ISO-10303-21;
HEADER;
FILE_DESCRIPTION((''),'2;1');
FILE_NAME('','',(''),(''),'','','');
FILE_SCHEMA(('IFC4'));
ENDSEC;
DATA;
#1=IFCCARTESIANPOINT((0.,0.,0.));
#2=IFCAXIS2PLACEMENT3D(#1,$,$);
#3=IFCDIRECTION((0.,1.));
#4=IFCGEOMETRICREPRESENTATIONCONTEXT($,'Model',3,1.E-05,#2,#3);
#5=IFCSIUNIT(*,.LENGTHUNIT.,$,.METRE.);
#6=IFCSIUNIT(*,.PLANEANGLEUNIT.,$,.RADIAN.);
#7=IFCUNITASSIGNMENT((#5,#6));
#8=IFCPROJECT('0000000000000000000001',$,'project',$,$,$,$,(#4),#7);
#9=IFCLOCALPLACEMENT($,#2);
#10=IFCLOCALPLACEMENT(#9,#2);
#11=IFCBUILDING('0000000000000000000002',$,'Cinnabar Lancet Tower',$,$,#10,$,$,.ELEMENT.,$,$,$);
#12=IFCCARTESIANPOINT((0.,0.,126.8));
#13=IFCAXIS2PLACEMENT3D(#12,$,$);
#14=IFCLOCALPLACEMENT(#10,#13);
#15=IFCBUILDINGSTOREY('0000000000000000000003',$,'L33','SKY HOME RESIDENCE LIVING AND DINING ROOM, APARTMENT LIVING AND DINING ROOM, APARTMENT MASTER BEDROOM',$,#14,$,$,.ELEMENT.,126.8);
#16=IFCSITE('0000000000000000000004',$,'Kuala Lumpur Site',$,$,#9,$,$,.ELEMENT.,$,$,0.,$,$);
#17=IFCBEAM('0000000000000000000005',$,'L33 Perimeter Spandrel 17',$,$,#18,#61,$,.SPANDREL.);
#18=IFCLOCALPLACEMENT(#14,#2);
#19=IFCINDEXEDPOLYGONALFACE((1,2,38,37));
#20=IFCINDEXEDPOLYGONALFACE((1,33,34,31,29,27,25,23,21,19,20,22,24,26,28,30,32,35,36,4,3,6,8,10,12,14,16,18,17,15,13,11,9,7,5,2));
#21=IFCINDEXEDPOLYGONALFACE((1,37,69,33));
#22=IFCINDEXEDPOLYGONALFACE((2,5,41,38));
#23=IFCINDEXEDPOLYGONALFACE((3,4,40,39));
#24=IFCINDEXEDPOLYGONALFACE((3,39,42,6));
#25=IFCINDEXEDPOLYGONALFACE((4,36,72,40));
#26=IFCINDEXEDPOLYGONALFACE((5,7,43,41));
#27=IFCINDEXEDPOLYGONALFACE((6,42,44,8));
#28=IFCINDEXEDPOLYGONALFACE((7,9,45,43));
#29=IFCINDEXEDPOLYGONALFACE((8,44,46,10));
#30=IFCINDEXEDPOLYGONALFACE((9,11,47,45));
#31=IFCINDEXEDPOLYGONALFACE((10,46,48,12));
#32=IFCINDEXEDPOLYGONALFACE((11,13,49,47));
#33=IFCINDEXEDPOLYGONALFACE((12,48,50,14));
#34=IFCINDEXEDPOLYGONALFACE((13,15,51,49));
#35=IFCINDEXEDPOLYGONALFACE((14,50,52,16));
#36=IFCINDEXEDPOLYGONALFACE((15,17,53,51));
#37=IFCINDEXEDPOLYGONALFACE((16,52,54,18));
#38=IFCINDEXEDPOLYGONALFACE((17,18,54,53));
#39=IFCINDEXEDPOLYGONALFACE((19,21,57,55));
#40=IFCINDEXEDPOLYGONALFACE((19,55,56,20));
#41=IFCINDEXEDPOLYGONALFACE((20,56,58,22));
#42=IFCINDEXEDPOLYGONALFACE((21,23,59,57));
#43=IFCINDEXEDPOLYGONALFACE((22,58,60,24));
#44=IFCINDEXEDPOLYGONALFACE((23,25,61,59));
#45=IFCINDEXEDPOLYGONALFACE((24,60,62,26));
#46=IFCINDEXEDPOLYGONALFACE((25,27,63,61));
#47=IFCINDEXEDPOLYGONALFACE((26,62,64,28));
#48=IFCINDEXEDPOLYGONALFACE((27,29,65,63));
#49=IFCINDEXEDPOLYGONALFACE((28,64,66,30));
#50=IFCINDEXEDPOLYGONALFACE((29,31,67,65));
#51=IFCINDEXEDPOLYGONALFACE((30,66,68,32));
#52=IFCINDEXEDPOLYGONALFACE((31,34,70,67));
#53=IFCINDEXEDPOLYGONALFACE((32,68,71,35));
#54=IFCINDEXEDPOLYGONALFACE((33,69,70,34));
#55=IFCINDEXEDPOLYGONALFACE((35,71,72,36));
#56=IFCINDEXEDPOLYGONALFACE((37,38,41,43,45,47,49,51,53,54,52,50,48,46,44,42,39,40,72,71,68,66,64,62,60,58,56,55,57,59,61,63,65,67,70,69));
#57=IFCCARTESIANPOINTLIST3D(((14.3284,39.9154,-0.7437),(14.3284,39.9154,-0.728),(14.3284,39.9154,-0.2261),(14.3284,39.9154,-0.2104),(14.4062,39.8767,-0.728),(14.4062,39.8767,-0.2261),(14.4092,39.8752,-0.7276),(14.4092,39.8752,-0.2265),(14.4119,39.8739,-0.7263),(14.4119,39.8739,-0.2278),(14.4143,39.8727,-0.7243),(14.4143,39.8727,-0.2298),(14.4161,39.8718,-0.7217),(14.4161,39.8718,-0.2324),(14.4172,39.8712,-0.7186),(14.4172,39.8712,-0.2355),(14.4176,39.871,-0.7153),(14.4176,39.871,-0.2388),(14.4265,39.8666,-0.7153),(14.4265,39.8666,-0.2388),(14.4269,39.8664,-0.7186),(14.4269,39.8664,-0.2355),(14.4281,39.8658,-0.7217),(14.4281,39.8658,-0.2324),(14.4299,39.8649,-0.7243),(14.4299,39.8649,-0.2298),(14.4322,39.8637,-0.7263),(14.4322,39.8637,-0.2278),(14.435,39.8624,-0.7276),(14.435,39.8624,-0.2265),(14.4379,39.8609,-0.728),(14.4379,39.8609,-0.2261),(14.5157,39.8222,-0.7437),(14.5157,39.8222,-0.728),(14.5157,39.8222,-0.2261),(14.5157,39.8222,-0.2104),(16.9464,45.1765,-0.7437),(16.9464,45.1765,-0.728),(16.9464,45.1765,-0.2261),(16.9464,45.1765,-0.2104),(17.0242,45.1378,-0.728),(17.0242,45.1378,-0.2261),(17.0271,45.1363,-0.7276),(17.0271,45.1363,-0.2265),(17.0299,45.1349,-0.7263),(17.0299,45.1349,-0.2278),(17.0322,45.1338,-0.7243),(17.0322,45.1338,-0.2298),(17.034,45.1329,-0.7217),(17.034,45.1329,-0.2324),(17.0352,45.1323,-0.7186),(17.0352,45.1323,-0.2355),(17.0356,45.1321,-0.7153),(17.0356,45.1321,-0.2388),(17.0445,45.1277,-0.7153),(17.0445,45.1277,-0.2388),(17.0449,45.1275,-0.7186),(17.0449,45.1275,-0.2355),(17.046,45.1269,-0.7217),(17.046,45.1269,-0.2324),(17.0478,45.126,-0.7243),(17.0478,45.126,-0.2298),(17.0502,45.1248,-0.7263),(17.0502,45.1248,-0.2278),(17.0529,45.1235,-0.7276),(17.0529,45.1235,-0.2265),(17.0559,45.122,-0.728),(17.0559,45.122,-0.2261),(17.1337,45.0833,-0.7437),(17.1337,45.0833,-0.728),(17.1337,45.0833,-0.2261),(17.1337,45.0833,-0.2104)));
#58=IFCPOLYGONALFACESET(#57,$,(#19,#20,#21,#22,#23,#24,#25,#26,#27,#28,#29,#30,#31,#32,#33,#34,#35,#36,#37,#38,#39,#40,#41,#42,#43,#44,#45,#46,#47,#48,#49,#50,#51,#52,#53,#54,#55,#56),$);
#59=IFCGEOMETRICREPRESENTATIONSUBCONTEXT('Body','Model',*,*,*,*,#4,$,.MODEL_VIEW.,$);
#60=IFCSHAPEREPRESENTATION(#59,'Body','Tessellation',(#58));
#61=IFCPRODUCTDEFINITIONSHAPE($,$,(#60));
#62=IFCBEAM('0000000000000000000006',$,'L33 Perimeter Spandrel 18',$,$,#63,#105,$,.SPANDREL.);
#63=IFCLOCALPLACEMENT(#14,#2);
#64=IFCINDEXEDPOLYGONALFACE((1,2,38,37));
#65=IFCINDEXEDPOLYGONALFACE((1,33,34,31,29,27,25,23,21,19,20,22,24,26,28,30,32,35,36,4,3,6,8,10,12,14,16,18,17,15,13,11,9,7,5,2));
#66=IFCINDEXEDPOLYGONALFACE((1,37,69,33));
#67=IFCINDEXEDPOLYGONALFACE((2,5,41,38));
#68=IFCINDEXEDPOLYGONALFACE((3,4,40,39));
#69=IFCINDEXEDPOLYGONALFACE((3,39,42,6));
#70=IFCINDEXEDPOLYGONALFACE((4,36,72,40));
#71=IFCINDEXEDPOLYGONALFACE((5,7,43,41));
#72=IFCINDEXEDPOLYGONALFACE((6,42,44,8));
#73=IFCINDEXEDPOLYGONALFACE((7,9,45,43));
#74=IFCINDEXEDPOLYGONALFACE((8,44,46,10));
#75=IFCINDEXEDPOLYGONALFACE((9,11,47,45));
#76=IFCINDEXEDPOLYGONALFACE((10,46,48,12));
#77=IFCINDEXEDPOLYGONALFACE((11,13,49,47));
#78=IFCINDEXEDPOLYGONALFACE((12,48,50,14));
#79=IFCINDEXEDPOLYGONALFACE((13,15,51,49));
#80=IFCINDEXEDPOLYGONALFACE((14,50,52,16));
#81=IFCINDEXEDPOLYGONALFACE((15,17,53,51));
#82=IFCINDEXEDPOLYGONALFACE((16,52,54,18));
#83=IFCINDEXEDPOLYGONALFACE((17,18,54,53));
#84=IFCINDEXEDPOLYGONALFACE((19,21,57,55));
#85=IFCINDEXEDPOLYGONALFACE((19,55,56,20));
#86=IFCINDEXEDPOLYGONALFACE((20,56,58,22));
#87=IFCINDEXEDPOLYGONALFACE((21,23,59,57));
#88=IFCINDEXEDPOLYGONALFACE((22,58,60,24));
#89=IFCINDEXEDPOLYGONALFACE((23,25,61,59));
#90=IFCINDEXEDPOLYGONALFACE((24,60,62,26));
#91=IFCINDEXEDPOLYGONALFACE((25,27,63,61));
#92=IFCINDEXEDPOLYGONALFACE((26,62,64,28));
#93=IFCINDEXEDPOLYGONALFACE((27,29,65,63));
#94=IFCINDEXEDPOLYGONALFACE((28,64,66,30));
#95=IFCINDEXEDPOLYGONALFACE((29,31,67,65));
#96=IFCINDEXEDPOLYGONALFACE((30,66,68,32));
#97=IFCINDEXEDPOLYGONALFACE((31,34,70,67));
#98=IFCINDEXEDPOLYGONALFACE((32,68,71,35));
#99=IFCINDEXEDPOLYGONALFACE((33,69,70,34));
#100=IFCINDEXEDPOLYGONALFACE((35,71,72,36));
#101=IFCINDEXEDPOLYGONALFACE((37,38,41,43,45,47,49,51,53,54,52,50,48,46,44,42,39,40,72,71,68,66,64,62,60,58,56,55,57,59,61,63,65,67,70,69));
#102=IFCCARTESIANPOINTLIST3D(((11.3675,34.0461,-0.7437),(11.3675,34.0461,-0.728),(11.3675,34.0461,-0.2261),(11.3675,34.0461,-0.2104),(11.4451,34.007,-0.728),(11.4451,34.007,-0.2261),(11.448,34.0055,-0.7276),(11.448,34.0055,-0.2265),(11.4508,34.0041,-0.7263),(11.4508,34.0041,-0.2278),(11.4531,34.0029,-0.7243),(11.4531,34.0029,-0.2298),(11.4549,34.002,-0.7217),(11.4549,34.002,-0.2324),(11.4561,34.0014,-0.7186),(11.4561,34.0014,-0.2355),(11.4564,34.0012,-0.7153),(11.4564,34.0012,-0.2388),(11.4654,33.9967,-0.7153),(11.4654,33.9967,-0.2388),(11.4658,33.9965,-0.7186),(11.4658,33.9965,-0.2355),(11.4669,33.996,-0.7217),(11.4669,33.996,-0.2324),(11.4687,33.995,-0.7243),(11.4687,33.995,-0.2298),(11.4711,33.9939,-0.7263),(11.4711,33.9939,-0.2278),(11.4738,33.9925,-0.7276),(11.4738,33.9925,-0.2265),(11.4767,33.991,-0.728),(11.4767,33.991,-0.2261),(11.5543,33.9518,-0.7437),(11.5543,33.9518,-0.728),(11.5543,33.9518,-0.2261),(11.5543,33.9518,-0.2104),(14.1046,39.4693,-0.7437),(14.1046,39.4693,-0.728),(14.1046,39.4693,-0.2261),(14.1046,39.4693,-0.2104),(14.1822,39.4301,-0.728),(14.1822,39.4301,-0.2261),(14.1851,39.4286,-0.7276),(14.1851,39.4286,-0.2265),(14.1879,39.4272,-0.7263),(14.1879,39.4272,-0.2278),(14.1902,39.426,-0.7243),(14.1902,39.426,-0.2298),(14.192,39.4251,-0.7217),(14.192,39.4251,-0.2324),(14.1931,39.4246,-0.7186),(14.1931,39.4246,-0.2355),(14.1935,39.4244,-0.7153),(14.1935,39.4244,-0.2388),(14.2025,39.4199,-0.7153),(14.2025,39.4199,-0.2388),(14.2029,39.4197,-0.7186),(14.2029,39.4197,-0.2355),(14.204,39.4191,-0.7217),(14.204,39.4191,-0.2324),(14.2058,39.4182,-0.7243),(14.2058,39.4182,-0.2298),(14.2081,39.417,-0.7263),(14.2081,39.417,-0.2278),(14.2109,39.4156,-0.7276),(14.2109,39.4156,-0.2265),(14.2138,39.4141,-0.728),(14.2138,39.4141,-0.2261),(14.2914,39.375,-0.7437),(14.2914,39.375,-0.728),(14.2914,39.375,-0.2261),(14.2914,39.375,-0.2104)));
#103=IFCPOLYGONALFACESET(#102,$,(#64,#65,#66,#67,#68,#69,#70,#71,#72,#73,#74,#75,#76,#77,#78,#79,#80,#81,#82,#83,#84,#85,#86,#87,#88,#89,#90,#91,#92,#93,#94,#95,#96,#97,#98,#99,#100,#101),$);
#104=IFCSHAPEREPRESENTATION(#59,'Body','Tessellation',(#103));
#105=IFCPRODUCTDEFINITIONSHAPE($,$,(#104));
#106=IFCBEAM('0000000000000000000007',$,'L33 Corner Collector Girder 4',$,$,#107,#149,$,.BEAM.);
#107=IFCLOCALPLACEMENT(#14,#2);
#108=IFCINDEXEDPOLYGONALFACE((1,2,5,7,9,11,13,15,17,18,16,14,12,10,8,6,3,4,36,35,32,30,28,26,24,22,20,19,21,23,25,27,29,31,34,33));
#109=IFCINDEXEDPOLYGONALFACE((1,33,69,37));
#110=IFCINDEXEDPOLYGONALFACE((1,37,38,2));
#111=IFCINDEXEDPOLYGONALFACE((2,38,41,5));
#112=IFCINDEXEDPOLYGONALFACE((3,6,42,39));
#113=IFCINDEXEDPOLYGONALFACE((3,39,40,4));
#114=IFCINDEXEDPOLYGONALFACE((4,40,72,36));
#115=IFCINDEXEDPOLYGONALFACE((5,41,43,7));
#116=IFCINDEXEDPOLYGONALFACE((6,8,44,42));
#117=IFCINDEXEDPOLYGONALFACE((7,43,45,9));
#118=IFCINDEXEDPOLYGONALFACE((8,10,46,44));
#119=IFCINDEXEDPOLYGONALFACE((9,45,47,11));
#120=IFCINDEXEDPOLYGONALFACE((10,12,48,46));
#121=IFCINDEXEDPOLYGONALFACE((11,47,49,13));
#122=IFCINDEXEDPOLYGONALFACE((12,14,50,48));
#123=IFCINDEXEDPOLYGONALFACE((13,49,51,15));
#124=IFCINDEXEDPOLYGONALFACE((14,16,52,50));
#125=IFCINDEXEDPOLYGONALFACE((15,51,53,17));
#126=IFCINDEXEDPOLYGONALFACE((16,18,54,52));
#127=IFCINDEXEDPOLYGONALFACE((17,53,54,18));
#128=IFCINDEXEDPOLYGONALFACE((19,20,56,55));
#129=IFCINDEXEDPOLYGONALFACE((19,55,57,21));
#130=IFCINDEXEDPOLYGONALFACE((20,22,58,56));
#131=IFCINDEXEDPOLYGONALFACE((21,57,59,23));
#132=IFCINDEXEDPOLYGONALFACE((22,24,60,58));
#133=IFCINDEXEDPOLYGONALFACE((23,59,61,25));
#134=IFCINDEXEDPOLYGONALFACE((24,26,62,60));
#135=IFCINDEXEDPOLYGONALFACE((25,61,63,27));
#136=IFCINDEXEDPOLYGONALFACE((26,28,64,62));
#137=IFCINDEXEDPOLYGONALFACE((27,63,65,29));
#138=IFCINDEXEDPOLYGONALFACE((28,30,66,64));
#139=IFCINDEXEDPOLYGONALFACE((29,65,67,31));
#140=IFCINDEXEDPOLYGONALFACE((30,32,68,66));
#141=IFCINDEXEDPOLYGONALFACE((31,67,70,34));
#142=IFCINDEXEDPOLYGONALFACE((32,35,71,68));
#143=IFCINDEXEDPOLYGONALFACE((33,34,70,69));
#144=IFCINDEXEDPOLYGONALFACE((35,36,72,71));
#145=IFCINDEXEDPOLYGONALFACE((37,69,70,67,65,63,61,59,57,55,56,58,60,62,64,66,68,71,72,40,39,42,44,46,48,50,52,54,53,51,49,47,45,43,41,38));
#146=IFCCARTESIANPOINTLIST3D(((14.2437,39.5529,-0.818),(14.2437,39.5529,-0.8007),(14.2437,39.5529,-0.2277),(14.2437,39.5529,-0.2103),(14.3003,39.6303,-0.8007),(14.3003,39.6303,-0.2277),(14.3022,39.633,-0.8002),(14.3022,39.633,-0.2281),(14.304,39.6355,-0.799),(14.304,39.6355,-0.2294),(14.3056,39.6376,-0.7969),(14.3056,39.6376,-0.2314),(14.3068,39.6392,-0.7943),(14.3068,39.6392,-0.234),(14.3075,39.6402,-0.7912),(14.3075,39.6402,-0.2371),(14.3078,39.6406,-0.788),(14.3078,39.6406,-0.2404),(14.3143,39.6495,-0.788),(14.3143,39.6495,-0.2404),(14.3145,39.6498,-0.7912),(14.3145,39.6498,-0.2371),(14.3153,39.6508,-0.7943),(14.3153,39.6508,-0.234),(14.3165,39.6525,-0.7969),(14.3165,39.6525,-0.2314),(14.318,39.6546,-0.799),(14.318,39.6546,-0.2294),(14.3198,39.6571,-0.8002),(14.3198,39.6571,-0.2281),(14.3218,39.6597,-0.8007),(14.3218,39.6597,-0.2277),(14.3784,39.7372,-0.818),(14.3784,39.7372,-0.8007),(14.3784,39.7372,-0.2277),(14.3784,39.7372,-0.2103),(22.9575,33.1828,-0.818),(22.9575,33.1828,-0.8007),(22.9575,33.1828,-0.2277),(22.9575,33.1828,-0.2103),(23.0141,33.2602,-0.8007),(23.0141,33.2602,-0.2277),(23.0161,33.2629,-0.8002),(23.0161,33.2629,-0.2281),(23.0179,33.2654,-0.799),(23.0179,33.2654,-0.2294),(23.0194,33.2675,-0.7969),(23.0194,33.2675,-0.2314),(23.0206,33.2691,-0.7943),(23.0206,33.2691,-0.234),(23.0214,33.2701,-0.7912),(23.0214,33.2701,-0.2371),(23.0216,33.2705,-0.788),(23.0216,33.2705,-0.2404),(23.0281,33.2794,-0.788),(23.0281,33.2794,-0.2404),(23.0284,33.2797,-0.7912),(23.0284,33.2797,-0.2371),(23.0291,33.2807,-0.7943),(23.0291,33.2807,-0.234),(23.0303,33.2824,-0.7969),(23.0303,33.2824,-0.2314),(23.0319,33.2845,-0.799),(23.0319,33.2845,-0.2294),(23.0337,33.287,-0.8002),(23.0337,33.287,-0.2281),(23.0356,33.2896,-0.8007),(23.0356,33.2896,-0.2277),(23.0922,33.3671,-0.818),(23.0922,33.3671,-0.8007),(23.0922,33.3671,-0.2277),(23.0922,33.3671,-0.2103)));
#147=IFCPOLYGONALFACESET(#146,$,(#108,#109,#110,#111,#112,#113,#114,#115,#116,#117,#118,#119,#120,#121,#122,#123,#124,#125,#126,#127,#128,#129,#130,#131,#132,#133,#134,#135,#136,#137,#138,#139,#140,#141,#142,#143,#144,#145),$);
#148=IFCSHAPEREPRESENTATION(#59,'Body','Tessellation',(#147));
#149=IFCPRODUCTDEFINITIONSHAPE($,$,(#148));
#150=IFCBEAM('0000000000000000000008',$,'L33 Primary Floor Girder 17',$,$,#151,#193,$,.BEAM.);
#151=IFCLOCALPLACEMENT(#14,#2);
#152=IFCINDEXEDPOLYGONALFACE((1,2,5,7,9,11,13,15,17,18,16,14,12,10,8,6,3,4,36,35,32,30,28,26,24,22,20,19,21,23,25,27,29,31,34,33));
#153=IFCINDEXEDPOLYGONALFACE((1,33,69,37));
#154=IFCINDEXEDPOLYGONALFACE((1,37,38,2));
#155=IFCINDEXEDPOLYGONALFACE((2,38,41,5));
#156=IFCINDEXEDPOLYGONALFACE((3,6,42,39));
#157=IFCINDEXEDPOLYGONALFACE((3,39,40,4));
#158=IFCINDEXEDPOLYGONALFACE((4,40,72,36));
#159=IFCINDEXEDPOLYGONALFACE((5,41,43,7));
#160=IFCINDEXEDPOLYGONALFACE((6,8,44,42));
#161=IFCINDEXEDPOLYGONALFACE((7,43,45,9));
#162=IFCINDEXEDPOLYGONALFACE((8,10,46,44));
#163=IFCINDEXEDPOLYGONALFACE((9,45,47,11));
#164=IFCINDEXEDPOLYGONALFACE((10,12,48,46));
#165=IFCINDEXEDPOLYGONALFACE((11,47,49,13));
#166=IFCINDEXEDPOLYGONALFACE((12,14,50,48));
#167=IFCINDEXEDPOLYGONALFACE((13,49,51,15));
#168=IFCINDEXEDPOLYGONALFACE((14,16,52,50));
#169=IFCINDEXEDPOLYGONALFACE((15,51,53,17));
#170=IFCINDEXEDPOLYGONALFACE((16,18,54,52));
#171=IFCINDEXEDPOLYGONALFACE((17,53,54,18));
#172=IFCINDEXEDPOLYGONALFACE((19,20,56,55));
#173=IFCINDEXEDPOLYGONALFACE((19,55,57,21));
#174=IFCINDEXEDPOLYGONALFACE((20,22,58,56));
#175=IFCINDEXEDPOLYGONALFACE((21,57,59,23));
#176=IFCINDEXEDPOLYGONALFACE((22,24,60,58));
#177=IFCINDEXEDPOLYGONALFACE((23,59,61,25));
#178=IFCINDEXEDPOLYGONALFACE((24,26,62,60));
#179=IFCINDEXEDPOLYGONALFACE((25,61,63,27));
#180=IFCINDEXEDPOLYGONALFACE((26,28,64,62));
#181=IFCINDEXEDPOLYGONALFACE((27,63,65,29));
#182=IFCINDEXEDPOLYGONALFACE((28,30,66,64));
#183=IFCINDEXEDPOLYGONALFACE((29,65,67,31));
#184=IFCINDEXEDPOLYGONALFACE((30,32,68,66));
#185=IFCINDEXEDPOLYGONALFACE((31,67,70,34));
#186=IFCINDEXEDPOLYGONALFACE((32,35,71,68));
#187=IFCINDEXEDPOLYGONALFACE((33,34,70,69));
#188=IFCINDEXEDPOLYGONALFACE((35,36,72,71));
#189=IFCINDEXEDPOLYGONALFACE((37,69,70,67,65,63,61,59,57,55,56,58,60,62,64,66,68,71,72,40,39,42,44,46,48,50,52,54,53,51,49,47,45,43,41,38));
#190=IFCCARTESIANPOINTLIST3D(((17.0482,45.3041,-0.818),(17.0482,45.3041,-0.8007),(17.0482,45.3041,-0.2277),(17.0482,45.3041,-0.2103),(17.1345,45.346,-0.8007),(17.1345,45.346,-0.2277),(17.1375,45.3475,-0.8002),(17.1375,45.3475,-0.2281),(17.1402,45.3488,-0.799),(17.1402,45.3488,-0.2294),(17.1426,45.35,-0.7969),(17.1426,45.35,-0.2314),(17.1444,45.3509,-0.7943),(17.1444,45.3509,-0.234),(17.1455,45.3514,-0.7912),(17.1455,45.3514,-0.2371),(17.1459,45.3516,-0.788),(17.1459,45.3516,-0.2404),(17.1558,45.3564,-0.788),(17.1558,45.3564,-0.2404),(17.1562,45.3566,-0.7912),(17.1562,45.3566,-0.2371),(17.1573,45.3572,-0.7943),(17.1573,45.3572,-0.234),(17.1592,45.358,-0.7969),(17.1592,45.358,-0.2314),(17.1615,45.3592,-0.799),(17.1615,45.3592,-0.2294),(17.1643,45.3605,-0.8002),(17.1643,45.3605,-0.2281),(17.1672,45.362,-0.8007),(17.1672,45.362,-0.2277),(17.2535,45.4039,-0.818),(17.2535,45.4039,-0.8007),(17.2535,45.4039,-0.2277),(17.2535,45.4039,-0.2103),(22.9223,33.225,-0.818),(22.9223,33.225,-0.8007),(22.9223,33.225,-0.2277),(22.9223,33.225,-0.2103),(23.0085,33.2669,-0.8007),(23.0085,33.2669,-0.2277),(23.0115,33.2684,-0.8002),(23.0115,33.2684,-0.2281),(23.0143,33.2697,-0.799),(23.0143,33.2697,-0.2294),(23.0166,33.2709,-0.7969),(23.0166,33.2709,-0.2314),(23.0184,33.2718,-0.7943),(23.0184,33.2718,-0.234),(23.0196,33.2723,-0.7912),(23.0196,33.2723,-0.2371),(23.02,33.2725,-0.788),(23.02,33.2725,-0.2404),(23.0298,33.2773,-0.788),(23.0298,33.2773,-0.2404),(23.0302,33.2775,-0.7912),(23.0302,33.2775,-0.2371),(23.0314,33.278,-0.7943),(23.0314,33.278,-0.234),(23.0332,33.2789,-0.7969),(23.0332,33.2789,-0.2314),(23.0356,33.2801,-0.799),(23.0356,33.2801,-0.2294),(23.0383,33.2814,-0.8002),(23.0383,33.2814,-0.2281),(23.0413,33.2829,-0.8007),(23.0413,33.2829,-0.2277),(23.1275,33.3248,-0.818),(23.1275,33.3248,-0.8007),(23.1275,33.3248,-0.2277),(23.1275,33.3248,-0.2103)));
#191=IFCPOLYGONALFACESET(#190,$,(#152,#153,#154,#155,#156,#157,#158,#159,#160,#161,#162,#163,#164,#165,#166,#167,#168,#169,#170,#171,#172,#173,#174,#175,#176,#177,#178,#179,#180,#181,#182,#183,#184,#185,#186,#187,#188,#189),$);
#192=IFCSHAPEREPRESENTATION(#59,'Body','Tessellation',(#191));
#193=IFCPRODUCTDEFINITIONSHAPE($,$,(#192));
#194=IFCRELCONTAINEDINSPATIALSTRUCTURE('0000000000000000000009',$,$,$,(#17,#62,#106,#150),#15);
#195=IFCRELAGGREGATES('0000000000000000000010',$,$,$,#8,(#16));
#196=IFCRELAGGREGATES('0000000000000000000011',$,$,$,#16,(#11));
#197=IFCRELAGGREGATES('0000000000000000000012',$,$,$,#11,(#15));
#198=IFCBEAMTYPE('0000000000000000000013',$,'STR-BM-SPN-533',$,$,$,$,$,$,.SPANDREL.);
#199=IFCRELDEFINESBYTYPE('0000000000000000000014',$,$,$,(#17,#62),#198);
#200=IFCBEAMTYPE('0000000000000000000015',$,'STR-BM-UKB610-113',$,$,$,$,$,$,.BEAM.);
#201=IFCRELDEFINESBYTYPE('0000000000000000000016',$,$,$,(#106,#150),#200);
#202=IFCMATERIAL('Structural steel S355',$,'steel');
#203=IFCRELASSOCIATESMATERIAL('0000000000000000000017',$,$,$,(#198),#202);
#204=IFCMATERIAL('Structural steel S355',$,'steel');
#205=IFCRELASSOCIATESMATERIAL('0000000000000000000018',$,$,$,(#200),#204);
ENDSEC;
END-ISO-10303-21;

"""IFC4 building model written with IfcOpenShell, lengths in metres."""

from ifc_helpers import new_model, si_unit, direction, frame, origin, origin_2d, place, context, subcontext, project, spatial, i_section, extrude, material, material_profile, profile_set, type_object, element, save


model = new_model("IFC4")

# Units and contexts
model_context = context("Model", 3, precision=1e-05, world=origin(), true_north=direction((0.0, 1.0)))
body_context = subcontext(model_context, "Body", "Model", "MODEL_VIEW")
ifc_project = project(units=[si_unit("LENGTHUNIT", "METRE"), si_unit("PLANEANGLEUNIT", "RADIAN")], contexts=[model_context])

# Site, building, storey
site_placement = place(None, origin())
site = spatial("IfcSite", under=ifc_project, at=site_placement, Name="Kuala Lumpur Site", CompositionType="ELEMENT", RefElevation=0.0)
building_placement = place(site_placement, origin())
building = spatial("IfcBuilding", under=site, at=building_placement, Name="Cinnabar Lancet Tower", CompositionType="ELEMENT")
storey_placement = place(building_placement, frame((0.0, 0.0, 126.8)))
storey = spatial("IfcBuildingStorey", under=building, at=storey_placement, Name="L33", Description="SKY HOME RESIDENCE LIVING AND DINING ROOM, APARTMENT LIVING AND DINING ROOM, APARTMENT MASTER BEDROOM", CompositionType="ELEMENT", Elevation=126.8)

# Beams
ifc_material_1 = material(Name="Structural steel S355", Category="steel")
ifc_material_profile_1 = material_profile(ifc_material_1, i_section(OverallWidth=0.2092, OverallDepth=0.5332, WebThickness=0.01, FlangeThickness=0.0156, FilletRadius=0.0127, at=origin_2d()), Name="UKB 533x210x92")
ifc_profile_set_1 = profile_set([ifc_material_profile_1], Name="Structural steel S355")
beam_type_1 = type_object("IfcBeamType", Name="STR-BM-SPN-533", PredefinedType="SPANDREL", material=ifc_profile_set_1)
beam_1_placement = place(storey_placement, frame((17.04, 45.1299, -0.4771), z_axis=(-0.445501, -0.895281, 0.0), x_axis=(0.895281, -0.445501, 0.0)))
element("IfcBeam", 1, at=beam_1_placement, inside=storey, type_object=beam_type_1, Name="L33 Perimeter Spandrel 17", PredefinedType="SPANDREL", context=body_context, shape_type="SweptSolid", body=[
    extrude(i_section(OverallWidth=0.2092, OverallDepth=0.5332, WebThickness=0.01, FlangeThickness=0.0156, FilletRadius=0.0127, at=origin_2d()), origin(), (0.0, 0.0, 1.0), 5.8765),
])
beam_2_placement = place(storey_placement, frame((14.198, 39.4221, -0.4771), z_axis=(-0.45057, -0.892741, 0.0), x_axis=(0.892741, -0.45057, 0.0)))
element("IfcBeam", 2, at=beam_2_placement, inside=storey, type_object=beam_type_1, Name="L33 Perimeter Spandrel 18", PredefinedType="SPANDREL", context=body_context, shape_type="SweptSolid", body=[
    extrude(i_section(OverallWidth=0.2092, OverallDepth=0.5332, WebThickness=0.01, FlangeThickness=0.0156, FilletRadius=0.0127, at=origin_2d()), origin(), (0.0, 0.0, 1.0), 6.0747),
])
ifc_material_2 = material(Name="Structural steel S355", Category="steel")
ifc_material_profile_2 = material_profile(ifc_material_2, i_section(OverallWidth=0.2283, OverallDepth=0.6077, WebThickness=0.011, FlangeThickness=0.0173, FilletRadius=0.0127, at=origin_2d()), Name="UKB 610x229x113")
ifc_profile_set_2 = profile_set([ifc_material_profile_2], Name="Structural steel S355")
beam_type_2 = type_object("IfcBeamType", Name="STR-BM-UKB610-113", PredefinedType="BEAM", material=ifc_profile_set_2)
beam_3_placement = place(storey_placement, frame((14.311, 39.645, -0.5142), z_axis=(0.80729, -0.590155, 0.0), x_axis=(0.590155, 0.80729, 0.0)))
element("IfcBeam", 3, at=beam_3_placement, inside=storey, type_object=beam_type_2, Name="L33 Corner Collector Girder 4", PredefinedType="BEAM", context=body_context, shape_type="SweptSolid", body=[
    extrude(i_section(OverallWidth=0.2283, OverallDepth=0.6077, WebThickness=0.011, FlangeThickness=0.0173, FilletRadius=0.0127, at=origin_2d()), origin(), (0.0, 0.0, 1.0), 10.7939),
])
beam_4_placement = place(storey_placement, frame((17.1509, 45.354, -0.5142), z_axis=(0.437327, -0.899302, 0.0), x_axis=(0.899302, 0.437327, 0.0)))
element("IfcBeam", 4, at=beam_4_placement, inside=storey, type_object=beam_type_2, Name="L33 Primary Floor Girder 17", PredefinedType="BEAM", context=body_context, shape_type="SweptSolid", body=[
    extrude(i_section(OverallWidth=0.2283, OverallDepth=0.6077, WebThickness=0.011, FlangeThickness=0.0173, FilletRadius=0.0127, at=origin_2d()), origin(), (0.0, 0.0, 1.0), 13.4316),
])

save(model, "model.ifc")
